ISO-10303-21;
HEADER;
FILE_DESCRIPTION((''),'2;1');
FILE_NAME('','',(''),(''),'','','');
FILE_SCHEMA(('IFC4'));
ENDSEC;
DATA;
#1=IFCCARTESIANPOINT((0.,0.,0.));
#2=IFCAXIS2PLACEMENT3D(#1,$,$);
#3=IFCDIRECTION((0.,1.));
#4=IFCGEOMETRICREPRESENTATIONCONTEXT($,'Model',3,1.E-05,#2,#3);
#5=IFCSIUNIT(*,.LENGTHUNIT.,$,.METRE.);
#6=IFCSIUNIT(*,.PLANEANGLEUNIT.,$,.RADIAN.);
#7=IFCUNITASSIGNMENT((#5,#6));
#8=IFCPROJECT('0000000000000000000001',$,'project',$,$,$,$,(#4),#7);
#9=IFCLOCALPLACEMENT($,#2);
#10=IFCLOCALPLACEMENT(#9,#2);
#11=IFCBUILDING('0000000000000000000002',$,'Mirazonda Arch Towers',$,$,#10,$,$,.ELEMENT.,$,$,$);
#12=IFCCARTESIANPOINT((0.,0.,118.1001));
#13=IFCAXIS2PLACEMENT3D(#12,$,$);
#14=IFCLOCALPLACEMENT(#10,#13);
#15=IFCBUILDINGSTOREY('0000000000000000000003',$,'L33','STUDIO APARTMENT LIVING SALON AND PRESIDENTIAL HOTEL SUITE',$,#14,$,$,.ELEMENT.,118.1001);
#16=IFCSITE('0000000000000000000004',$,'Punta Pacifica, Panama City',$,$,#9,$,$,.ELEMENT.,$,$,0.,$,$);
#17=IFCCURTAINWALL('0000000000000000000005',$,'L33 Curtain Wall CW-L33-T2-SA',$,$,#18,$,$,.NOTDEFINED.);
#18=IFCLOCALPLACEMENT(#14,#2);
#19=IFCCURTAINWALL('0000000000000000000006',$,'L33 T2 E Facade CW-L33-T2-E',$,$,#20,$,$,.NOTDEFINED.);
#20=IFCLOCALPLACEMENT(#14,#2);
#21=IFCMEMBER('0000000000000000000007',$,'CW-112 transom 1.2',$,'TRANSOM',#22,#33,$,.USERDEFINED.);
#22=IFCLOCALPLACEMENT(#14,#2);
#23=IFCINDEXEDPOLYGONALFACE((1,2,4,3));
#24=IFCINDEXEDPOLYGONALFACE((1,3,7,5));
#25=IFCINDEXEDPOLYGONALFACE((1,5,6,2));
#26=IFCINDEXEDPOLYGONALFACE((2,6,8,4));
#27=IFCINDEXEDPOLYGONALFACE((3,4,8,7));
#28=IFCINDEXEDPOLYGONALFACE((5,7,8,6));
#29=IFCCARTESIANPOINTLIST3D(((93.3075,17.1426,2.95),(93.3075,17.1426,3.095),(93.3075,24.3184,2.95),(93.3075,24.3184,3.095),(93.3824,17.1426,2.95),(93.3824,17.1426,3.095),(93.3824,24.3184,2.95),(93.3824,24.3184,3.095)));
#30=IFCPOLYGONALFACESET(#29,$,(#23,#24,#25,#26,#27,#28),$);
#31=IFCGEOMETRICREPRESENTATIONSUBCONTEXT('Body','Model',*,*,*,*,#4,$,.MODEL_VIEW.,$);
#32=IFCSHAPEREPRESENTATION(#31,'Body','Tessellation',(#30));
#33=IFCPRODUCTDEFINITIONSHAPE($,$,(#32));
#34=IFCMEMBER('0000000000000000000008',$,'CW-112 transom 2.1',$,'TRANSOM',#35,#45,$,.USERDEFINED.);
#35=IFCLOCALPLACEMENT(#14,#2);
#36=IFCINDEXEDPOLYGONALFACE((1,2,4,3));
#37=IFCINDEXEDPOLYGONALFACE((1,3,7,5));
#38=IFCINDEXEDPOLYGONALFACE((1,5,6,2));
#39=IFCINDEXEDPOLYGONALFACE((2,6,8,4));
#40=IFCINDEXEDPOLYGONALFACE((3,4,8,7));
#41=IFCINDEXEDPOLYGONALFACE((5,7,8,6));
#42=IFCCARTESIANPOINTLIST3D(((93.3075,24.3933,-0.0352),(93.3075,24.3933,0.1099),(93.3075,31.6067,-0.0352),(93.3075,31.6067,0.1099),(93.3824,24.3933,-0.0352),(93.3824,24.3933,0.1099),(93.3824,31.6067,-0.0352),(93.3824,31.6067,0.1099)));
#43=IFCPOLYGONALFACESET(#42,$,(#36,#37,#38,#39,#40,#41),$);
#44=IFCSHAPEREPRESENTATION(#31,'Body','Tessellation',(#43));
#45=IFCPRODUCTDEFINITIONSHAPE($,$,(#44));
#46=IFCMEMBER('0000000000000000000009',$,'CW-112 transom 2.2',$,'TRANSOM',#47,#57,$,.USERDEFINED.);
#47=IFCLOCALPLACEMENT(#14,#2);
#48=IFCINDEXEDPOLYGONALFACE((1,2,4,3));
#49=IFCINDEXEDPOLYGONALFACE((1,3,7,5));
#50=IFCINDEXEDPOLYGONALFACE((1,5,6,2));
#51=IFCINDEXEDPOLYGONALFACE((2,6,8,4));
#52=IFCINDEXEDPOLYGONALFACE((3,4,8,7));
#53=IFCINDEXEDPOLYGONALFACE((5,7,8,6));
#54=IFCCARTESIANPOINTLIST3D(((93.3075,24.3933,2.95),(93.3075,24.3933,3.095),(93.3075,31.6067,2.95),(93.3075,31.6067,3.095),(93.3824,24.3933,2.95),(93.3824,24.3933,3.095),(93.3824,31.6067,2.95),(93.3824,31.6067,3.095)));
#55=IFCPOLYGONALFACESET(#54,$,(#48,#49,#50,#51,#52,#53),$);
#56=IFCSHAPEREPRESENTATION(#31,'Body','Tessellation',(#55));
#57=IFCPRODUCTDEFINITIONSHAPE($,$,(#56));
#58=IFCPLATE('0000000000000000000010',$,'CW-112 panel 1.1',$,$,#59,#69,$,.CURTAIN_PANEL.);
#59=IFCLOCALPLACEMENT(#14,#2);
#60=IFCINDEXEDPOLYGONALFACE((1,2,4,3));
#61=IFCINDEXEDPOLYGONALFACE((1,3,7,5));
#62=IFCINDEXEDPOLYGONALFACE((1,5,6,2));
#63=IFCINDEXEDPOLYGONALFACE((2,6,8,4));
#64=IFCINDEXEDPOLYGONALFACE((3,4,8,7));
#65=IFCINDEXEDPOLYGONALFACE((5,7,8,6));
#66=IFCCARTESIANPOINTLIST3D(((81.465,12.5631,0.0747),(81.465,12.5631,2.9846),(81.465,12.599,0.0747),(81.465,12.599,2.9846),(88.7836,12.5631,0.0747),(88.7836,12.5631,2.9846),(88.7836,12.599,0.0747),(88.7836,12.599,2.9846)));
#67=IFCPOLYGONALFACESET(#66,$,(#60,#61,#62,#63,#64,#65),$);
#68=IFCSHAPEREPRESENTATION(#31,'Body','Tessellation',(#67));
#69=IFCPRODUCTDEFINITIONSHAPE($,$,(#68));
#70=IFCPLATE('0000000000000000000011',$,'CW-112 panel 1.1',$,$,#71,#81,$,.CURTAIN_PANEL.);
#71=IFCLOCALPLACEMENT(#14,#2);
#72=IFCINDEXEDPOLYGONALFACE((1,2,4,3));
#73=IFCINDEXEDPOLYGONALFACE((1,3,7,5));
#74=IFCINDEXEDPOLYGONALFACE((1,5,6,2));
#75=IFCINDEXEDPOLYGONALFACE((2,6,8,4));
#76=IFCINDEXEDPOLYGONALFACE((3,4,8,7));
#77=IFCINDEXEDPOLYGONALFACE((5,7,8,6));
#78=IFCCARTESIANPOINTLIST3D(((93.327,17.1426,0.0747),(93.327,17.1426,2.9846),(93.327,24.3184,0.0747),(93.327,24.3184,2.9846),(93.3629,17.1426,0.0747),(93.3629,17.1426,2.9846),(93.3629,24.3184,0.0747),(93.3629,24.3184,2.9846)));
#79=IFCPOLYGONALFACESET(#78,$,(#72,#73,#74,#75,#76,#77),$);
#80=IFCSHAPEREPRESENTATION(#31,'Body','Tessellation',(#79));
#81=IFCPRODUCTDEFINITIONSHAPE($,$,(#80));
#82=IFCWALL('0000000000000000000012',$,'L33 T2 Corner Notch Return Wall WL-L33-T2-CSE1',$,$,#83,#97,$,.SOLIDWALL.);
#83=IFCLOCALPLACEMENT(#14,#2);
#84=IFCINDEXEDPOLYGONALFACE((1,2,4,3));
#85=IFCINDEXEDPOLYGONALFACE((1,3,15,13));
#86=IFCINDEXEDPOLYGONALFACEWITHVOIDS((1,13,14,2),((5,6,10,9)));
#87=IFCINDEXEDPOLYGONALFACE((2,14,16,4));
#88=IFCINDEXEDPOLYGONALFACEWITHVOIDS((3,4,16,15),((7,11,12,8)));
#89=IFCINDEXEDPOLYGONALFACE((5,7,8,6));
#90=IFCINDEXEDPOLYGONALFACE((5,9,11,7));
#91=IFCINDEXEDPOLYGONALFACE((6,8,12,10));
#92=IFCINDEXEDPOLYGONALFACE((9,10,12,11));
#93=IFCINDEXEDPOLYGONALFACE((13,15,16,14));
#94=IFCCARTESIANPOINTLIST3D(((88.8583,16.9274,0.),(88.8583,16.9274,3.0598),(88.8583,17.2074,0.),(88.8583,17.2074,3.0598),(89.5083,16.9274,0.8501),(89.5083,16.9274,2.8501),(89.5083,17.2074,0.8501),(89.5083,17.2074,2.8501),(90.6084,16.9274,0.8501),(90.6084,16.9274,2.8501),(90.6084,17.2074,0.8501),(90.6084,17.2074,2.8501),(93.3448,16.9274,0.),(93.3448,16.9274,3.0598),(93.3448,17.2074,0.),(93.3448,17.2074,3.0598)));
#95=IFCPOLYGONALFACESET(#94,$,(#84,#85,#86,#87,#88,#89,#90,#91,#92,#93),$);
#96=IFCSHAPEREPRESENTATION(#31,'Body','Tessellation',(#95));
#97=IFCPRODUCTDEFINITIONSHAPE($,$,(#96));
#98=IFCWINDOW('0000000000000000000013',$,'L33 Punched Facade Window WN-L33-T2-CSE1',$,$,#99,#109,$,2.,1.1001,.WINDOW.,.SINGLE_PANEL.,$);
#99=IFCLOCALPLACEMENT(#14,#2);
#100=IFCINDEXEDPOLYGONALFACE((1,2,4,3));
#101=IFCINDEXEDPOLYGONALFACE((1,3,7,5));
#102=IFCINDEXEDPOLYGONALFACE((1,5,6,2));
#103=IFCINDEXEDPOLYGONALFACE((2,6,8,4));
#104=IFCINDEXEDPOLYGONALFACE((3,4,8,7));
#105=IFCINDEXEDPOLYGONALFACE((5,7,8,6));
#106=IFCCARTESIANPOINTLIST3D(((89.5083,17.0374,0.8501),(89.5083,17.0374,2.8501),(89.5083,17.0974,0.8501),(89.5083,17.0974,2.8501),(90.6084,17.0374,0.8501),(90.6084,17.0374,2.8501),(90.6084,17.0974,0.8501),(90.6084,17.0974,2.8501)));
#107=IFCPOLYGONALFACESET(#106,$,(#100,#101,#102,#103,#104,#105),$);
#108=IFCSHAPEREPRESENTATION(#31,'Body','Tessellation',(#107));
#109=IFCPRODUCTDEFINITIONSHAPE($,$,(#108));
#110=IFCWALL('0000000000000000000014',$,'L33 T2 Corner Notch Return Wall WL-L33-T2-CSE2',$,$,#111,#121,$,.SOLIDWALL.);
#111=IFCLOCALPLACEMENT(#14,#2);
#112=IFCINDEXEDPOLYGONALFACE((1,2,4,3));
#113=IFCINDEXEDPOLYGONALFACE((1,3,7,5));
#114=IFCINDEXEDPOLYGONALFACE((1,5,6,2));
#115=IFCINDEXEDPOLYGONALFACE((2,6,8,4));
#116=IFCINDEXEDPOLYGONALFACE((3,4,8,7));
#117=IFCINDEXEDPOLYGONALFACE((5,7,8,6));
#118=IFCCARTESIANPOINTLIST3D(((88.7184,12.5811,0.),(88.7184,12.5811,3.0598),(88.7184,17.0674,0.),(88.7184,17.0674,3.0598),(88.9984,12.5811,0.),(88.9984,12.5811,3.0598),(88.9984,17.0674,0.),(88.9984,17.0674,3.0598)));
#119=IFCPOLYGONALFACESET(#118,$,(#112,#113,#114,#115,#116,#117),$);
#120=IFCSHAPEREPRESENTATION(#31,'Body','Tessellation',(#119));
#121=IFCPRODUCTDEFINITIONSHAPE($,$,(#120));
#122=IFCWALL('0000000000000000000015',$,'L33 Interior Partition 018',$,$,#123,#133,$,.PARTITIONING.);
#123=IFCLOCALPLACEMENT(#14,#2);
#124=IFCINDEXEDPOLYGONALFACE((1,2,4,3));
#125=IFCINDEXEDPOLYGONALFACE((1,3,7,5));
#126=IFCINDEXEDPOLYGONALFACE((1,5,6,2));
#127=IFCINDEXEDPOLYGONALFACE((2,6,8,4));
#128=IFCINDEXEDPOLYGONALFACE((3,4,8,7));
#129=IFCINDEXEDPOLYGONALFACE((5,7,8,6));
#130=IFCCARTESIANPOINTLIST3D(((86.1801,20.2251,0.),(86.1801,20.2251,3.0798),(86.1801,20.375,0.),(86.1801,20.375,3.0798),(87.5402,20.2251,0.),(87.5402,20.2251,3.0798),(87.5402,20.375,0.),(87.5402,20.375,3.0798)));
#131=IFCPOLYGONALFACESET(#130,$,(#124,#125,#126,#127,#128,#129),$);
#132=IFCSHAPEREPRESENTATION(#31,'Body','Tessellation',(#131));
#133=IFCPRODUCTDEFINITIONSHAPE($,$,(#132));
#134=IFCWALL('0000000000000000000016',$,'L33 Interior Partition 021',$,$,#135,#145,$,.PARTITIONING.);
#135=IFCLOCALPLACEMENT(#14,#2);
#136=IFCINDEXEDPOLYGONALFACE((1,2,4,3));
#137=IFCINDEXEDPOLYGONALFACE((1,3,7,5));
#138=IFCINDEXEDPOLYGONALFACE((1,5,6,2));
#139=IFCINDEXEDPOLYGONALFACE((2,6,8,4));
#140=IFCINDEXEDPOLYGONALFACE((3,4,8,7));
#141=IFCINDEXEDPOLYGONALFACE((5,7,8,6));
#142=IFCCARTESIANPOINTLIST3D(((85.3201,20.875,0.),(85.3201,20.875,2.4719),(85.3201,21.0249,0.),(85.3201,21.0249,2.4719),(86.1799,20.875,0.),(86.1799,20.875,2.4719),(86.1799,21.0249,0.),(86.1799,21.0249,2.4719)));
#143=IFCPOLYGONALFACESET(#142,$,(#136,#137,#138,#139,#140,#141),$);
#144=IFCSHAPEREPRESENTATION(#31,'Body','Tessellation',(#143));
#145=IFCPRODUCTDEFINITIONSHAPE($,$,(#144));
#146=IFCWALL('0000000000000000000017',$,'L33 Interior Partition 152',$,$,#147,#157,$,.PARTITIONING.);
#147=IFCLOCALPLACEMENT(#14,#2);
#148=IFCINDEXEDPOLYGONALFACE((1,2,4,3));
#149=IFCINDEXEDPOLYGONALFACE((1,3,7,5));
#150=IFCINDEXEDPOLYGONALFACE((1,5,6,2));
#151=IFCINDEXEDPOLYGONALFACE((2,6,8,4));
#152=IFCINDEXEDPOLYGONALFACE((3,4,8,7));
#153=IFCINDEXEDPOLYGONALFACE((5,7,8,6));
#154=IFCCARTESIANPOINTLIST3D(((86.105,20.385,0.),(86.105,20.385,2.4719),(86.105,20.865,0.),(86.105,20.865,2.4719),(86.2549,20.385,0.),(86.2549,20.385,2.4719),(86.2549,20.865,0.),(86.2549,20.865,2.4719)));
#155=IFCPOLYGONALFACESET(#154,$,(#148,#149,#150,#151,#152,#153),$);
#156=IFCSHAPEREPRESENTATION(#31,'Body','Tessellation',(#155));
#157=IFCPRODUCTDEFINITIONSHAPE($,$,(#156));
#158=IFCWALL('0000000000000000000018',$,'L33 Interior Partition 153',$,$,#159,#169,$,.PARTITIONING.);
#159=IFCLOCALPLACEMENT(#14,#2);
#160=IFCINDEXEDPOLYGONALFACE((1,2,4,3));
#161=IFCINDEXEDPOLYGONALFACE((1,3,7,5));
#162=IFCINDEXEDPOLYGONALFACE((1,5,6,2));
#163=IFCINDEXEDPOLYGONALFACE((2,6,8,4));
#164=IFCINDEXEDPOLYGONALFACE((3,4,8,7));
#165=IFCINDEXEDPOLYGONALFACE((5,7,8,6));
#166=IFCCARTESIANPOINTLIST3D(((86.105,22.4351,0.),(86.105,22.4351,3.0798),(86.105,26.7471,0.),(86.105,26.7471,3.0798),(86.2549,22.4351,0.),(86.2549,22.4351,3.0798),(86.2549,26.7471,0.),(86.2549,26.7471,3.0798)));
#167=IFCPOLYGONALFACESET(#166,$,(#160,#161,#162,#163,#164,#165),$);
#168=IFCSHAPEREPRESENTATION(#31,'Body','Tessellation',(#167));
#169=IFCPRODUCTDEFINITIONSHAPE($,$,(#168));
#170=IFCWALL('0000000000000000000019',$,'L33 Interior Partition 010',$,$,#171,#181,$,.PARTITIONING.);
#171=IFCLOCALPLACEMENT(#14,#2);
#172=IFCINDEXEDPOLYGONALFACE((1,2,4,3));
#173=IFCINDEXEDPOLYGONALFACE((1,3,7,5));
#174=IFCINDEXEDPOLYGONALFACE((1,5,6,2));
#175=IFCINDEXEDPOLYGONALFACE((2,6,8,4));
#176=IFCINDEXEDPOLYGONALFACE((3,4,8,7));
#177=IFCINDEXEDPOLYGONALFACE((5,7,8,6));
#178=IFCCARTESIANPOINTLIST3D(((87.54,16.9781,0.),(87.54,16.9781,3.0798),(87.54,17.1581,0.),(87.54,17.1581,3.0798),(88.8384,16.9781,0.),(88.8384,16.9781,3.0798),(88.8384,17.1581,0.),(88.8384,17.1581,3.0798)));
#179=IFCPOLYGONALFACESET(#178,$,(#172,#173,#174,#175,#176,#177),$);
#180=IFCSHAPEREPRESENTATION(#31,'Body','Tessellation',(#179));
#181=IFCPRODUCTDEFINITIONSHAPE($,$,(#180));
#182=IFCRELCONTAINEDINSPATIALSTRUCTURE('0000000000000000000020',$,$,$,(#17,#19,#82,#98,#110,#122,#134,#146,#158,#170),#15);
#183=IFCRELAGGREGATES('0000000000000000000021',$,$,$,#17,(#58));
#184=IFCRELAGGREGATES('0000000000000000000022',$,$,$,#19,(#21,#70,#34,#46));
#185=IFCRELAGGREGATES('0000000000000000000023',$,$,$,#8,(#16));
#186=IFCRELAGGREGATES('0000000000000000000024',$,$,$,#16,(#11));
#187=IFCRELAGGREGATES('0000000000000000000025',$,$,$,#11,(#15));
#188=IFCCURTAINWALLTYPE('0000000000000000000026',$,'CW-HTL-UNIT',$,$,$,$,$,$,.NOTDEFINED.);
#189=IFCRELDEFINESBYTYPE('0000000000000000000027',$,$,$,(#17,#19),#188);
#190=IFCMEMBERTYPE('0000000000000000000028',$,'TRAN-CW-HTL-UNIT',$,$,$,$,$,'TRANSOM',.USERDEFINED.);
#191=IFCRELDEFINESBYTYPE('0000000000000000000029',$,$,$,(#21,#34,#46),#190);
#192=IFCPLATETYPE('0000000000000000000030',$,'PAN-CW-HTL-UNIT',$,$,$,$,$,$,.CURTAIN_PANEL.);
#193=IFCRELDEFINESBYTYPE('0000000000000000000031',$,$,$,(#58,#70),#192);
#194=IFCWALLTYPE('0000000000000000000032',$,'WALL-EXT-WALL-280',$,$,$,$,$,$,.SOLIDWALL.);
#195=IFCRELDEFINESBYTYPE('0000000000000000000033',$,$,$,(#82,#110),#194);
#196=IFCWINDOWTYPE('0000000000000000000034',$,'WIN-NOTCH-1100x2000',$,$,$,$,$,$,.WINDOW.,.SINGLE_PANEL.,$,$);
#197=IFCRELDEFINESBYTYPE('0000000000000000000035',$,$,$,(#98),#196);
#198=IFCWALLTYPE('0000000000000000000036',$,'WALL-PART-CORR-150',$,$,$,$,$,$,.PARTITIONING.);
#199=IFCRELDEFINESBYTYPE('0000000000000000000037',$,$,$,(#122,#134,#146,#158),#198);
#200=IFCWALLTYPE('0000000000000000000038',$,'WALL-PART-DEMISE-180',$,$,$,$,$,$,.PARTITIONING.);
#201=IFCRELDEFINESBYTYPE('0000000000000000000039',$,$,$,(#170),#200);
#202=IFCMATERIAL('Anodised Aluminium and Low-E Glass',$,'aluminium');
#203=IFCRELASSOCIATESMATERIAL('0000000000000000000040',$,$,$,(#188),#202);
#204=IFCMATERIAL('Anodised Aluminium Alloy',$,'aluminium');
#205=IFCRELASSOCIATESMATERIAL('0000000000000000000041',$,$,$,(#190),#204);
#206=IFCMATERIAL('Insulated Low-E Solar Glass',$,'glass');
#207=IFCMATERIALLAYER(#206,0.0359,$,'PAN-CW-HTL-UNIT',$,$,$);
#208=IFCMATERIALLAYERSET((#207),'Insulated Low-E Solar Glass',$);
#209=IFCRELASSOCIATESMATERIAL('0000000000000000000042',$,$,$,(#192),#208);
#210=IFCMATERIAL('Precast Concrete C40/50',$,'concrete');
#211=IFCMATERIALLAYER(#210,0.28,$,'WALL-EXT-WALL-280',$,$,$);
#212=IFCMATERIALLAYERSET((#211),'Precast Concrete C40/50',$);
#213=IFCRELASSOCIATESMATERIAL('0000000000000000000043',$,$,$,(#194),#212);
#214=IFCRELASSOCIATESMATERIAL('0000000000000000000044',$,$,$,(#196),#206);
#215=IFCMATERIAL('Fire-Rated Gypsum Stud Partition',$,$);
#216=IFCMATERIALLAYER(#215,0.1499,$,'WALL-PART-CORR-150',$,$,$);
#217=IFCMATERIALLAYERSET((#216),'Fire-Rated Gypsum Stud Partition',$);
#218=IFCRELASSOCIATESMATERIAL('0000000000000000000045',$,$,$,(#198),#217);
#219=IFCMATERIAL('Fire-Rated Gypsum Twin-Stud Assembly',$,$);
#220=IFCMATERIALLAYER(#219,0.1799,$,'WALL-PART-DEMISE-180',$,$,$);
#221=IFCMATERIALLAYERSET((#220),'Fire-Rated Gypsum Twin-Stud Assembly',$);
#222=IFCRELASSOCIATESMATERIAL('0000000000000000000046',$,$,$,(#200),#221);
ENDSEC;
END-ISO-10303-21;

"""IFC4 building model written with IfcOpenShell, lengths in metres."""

from ifc_helpers import new_model, si_unit, direction, frame, frame_2d, origin, origin_2d, place, context, subcontext, project, spatial, rectangle, extrude, material, layer, layer_set, material_profile, profile_set, type_object, element, fill, aggregate, save


model = new_model("IFC4")

# Units and contexts
model_context = context("Model", 3, precision=1e-05, world=origin(), true_north=direction((0.0, 1.0)))
body_context = subcontext(model_context, "Body", "Model", "MODEL_VIEW")
ifc_project = project(units=[si_unit("LENGTHUNIT", "METRE"), si_unit("PLANEANGLEUNIT", "RADIAN")], contexts=[model_context])

# Site, building, storey
site_placement = place(None, origin())
site = spatial("IfcSite", under=ifc_project, at=site_placement, Name="Punta Pacifica, Panama City", CompositionType="ELEMENT", RefElevation=0.0)
building_placement = place(site_placement, origin())
building = spatial("IfcBuilding", under=site, at=building_placement, Name="Mirazonda Arch Towers", CompositionType="ELEMENT")
storey_placement = place(building_placement, frame((0.0, 0.0, 118.1001)))
storey = spatial("IfcBuildingStorey", under=building, at=storey_placement, Name="L33", Description="STUDIO APARTMENT LIVING SALON AND PRESIDENTIAL HOTEL SUITE", CompositionType="ELEMENT", Elevation=118.1001)

# Curtain wall
ifc_material_1 = material(Name="Anodised Aluminium and Low-E Glass", Category="aluminium")
curtain_wall_type = type_object("IfcCurtainWallType", Name="CW-HTL-UNIT", PredefinedType="NOTDEFINED", material=ifc_material_1)
curtain_wall_1_placement = place(storey_placement, origin())
curtain_wall_1 = element("IfcCurtainWall", 1, at=curtain_wall_1_placement, inside=storey, type_object=curtain_wall_type, Name="L33 Curtain Wall CW-L33-T2-SA", PredefinedType="NOTDEFINED")
ifc_material_2 = material(Name="Anodised Aluminium Alloy", Category="aluminium")

# Curtain wall
curtain_wall_2_placement = place(storey_placement, origin())
curtain_wall_2 = element("IfcCurtainWall", 2, at=curtain_wall_2_placement, inside=storey, type_object=curtain_wall_type, Name="L33 T2 E Facade CW-L33-T2-E", PredefinedType="NOTDEFINED")

# Members
ifc_material_profile_1 = material_profile(ifc_material_2, rectangle(XDim=0.075, YDim=0.145, at=origin_2d()), Name="ALU-TRAN-75x145")
ifc_profile_set_1 = profile_set([ifc_material_profile_1], Name="Anodised Aluminium Alloy")
member_type_1 = type_object("IfcMemberType", Name="TRAN-CW-HTL-UNIT", ElementType="TRANSOM", PredefinedType="USERDEFINED", material=ifc_profile_set_1)
member_1_placement = place(storey_placement, frame((93.345, 17.1426, 3.0225), z_axis=(0.0, 1.0, 0.0), x_axis=(-1.0, 0.0, 0.0)))
member_1 = element("IfcMember", 3, at=member_1_placement, type_object=member_type_1, Name="CW-112 transom 1.2", ObjectType="TRANSOM", PredefinedType="USERDEFINED", context=body_context, shape_type="SweptSolid", body=[
    extrude(rectangle(XDim=0.075, YDim=0.145, at=origin_2d()), origin(), (0.0, 0.0, 1.0), 7.1758),
])
member_2_placement = place(storey_placement, frame((93.345, 24.3933, 0.0374), z_axis=(0.0, 1.0, 0.0), x_axis=(-1.0, 0.0, 0.0)))
member_2 = element("IfcMember", 4, at=member_2_placement, type_object=member_type_1, Name="CW-112 transom 2.1", ObjectType="TRANSOM", PredefinedType="USERDEFINED", context=body_context, shape_type="SweptSolid", body=[
    extrude(rectangle(XDim=0.075, YDim=0.145, at=origin_2d()), origin(), (0.0, 0.0, 1.0), 7.2134),
])
member_3_placement = place(storey_placement, frame((93.345, 24.3933, 3.0225), z_axis=(0.0, 1.0, 0.0), x_axis=(-1.0, 0.0, 0.0)))
member_3 = element("IfcMember", 5, at=member_3_placement, type_object=member_type_1, Name="CW-112 transom 2.2", ObjectType="TRANSOM", PredefinedType="USERDEFINED", context=body_context, shape_type="SweptSolid", body=[
    extrude(rectangle(XDim=0.075, YDim=0.145, at=origin_2d()), origin(), (0.0, 0.0, 1.0), 7.2134),
])

# Plates
ifc_material_3 = material(Name="Insulated Low-E Solar Glass", Category="glass")
ifc_layer_1 = layer(ifc_material_3, 0.0359, Name="PAN-CW-HTL-UNIT")
ifc_layer_set_1 = layer_set([ifc_layer_1], Name="Insulated Low-E Solar Glass")
plate_type = type_object("IfcPlateType", Name="PAN-CW-HTL-UNIT", PredefinedType="CURTAIN_PANEL", material=ifc_layer_set_1)
plate_1_placement = place(storey_placement, frame((85.1243, 12.5811, 0.0747), z_axis=(0.0, 0.0, 1.0), x_axis=(-1.0, 0.0, 0.0)))
plate_1 = element("IfcPlate", 6, at=plate_1_placement, type_object=plate_type, Name="CW-112 panel 1.1", PredefinedType="CURTAIN_PANEL", context=body_context, shape_type="SweptSolid", body=[
    extrude(rectangle(XDim=7.3186, YDim=0.0359, at=origin_2d()), origin(), (0.0, 0.0, 1.0), 2.9099),
])
aggregate(curtain_wall_1, [plate_1])
plate_2_placement = place(storey_placement, frame((93.345, 20.7305, 0.0747), z_axis=(0.0, 0.0, 1.0), x_axis=(0.0, 1.0, 0.0)))
plate_2 = element("IfcPlate", 7, at=plate_2_placement, type_object=plate_type, Name="CW-112 panel 1.1", PredefinedType="CURTAIN_PANEL", context=body_context, shape_type="SweptSolid", body=[
    extrude(rectangle(XDim=7.1758, YDim=0.0359, at=origin_2d()), origin(), (0.0, 0.0, 1.0), 2.9099),
])
aggregate(curtain_wall_2, [member_1, plate_2, member_2, member_3])

# Wall, opening, window
ifc_material_4 = material(Name="Precast Concrete C40/50", Category="concrete")
ifc_layer_2 = layer(ifc_material_4, 0.28, Name="WALL-EXT-WALL-280")
ifc_layer_set_2 = layer_set([ifc_layer_2], Name="Precast Concrete C40/50")
wall_type_1 = type_object("IfcWallType", Name="WALL-EXT-WALL-280", PredefinedType="SOLIDWALL", material=ifc_layer_set_2)
wall_1_placement = place(storey_placement, frame((88.8584, 17.0674, 0.0), z_axis=(0.0, 0.0, 1.0), x_axis=(1.0, 0.0, 0.0)))
wall_1 = element("IfcWall", 8, at=wall_1_placement, inside=storey, type_object=wall_type_1, Name="L33 T2 Corner Notch Return Wall WL-L33-T2-CSE1", PredefinedType="SOLIDWALL", context=body_context, shape_type="SweptSolid", body=[
    extrude(rectangle(XDim=4.4866, YDim=0.28, at=frame_2d((2.2432, 0.0))), origin(), (0.0, 0.0, 1.0), 3.0598),
])
opening_1_placement = place(wall_1_placement, frame((0.6499, 0.0, 0.8501)))
opening_1 = element("IfcOpeningElement", 9, at=opening_1_placement, cuts=wall_1, PredefinedType="OPENING", context=body_context, shape_type="SweptSolid", body=[
    extrude(rectangle(XDim=1.1001, YDim=2.0, at=frame_2d((0.55, 1.0))), frame((0.0, 0.1499, 0.0), z_axis=(0.0, -1.0, 0.0), x_axis=(1.0, 0.0, 0.0)), (0.0, 0.0, 1.0), 0.3),
])
window_type = type_object("IfcWindowType", Name="WIN-NOTCH-1100x2000", PartitioningType="SINGLE_PANEL", PredefinedType="WINDOW", material=ifc_material_3)
window_placement = place(opening_1_placement, origin())
window = element("IfcWindow", 10, at=window_placement, inside=storey, type_object=window_type, Name="L33 Punched Facade Window WN-L33-T2-CSE1", OverallHeight=2.0, OverallWidth=1.1001, PartitioningType="SINGLE_PANEL", PredefinedType="WINDOW", context=body_context, shape_type="SweptSolid", body=[
    extrude(rectangle(XDim=1.1001, YDim=2.0, at=frame_2d((0.55, 1.0))), frame((0.0, 0.03, 0.0), z_axis=(0.0, -1.0, 0.0), x_axis=(1.0, 0.0, 0.0)), (0.0, 0.0, 1.0), 0.0601),
])
fill(opening_1, window)

# Walls
wall_2_placement = place(storey_placement, frame((88.8584, 12.5811, 0.0), z_axis=(0.0, 0.0, 1.0), x_axis=(0.0, 1.0, 0.0)))
element("IfcWall", 11, at=wall_2_placement, inside=storey, type_object=wall_type_1, Name="L33 T2 Corner Notch Return Wall WL-L33-T2-CSE2", PredefinedType="SOLIDWALL", context=body_context, shape_type="SweptSolid", body=[
    extrude(rectangle(XDim=4.4863, YDim=0.28, at=frame_2d((2.2432, 0.0))), origin(), (0.0, 0.0, 1.0), 3.0598),
])
ifc_material_5 = material(Name="Fire-Rated Gypsum Stud Partition")
ifc_layer_3 = layer(ifc_material_5, 0.1499, Name="WALL-PART-CORR-150")
ifc_layer_set_3 = layer_set([ifc_layer_3], Name="Fire-Rated Gypsum Stud Partition")
wall_type_2 = type_object("IfcWallType", Name="WALL-PART-CORR-150", PredefinedType="PARTITIONING", material=ifc_layer_set_3)
wall_3_placement = place(storey_placement, frame((86.1799, 20.3, 0.0), z_axis=(0.0, 0.0, 1.0), x_axis=(1.0, 0.0, 0.0)))
element("IfcWall", 12, at=wall_3_placement, inside=storey, type_object=wall_type_2, Name="L33 Interior Partition 018", PredefinedType="PARTITIONING", context=body_context, shape_type="SweptSolid", body=[
    extrude(rectangle(XDim=1.3601, YDim=0.1499, at=frame_2d((0.6802, 0.0))), origin(), (0.0, 0.0, 1.0), 3.0798),
])
wall_4_placement = place(storey_placement, frame((85.3201, 20.95, 0.0), z_axis=(0.0, 0.0, 1.0), x_axis=(1.0, 0.0, 0.0)))
element("IfcWall", 13, at=wall_4_placement, inside=storey, type_object=wall_type_2, Name="L33 Interior Partition 021", PredefinedType="PARTITIONING", context=body_context, shape_type="SweptSolid", body=[
    extrude(rectangle(XDim=0.8599, YDim=0.1499, at=frame_2d((0.4299, 0.0))), origin(), (0.0, 0.0, 1.0), 2.4719),
])
wall_5_placement = place(storey_placement, frame((86.1799, 20.385, 0.0), z_axis=(0.0, 0.0, 1.0), x_axis=(0.0, 1.0, 0.0)))
element("IfcWall", 14, at=wall_5_placement, inside=storey, type_object=wall_type_2, Name="L33 Interior Partition 152", PredefinedType="PARTITIONING", context=body_context, shape_type="SweptSolid", body=[
    extrude(rectangle(XDim=0.48, YDim=0.1499, at=frame_2d((0.24, 0.0))), origin(), (0.0, 0.0, 1.0), 2.4719),
])
wall_6_placement = place(storey_placement, frame((86.1799, 22.4351, 0.0), z_axis=(0.0, 0.0, 1.0), x_axis=(0.0, 1.0, 0.0)))
element("IfcWall", 15, at=wall_6_placement, inside=storey, type_object=wall_type_2, Name="L33 Interior Partition 153", PredefinedType="PARTITIONING", context=body_context, shape_type="SweptSolid", body=[
    extrude(rectangle(XDim=4.312, YDim=0.1499, at=frame_2d((2.156, 0.0))), origin(), (0.0, 0.0, 1.0), 3.0798),
])
ifc_material_6 = material(Name="Fire-Rated Gypsum Twin-Stud Assembly")
ifc_layer_4 = layer(ifc_material_6, 0.1799, Name="WALL-PART-DEMISE-180")
ifc_layer_set_4 = layer_set([ifc_layer_4], Name="Fire-Rated Gypsum Twin-Stud Assembly")
wall_type_3 = type_object("IfcWallType", Name="WALL-PART-DEMISE-180", PredefinedType="PARTITIONING", material=ifc_layer_set_4)
wall_7_placement = place(storey_placement, frame((87.54, 17.0681, 0.0), z_axis=(0.0, 0.0, 1.0), x_axis=(1.0, 0.0, 0.0)))
element("IfcWall", 16, at=wall_7_placement, inside=storey, type_object=wall_type_3, Name="L33 Interior Partition 010", PredefinedType="PARTITIONING", context=body_context, shape_type="SweptSolid", body=[
    extrude(rectangle(XDim=1.2983, YDim=0.1799, at=frame_2d((0.6492, 0.0))), origin(), (0.0, 0.0, 1.0), 3.0798),
])

save(model, "model.ifc")
